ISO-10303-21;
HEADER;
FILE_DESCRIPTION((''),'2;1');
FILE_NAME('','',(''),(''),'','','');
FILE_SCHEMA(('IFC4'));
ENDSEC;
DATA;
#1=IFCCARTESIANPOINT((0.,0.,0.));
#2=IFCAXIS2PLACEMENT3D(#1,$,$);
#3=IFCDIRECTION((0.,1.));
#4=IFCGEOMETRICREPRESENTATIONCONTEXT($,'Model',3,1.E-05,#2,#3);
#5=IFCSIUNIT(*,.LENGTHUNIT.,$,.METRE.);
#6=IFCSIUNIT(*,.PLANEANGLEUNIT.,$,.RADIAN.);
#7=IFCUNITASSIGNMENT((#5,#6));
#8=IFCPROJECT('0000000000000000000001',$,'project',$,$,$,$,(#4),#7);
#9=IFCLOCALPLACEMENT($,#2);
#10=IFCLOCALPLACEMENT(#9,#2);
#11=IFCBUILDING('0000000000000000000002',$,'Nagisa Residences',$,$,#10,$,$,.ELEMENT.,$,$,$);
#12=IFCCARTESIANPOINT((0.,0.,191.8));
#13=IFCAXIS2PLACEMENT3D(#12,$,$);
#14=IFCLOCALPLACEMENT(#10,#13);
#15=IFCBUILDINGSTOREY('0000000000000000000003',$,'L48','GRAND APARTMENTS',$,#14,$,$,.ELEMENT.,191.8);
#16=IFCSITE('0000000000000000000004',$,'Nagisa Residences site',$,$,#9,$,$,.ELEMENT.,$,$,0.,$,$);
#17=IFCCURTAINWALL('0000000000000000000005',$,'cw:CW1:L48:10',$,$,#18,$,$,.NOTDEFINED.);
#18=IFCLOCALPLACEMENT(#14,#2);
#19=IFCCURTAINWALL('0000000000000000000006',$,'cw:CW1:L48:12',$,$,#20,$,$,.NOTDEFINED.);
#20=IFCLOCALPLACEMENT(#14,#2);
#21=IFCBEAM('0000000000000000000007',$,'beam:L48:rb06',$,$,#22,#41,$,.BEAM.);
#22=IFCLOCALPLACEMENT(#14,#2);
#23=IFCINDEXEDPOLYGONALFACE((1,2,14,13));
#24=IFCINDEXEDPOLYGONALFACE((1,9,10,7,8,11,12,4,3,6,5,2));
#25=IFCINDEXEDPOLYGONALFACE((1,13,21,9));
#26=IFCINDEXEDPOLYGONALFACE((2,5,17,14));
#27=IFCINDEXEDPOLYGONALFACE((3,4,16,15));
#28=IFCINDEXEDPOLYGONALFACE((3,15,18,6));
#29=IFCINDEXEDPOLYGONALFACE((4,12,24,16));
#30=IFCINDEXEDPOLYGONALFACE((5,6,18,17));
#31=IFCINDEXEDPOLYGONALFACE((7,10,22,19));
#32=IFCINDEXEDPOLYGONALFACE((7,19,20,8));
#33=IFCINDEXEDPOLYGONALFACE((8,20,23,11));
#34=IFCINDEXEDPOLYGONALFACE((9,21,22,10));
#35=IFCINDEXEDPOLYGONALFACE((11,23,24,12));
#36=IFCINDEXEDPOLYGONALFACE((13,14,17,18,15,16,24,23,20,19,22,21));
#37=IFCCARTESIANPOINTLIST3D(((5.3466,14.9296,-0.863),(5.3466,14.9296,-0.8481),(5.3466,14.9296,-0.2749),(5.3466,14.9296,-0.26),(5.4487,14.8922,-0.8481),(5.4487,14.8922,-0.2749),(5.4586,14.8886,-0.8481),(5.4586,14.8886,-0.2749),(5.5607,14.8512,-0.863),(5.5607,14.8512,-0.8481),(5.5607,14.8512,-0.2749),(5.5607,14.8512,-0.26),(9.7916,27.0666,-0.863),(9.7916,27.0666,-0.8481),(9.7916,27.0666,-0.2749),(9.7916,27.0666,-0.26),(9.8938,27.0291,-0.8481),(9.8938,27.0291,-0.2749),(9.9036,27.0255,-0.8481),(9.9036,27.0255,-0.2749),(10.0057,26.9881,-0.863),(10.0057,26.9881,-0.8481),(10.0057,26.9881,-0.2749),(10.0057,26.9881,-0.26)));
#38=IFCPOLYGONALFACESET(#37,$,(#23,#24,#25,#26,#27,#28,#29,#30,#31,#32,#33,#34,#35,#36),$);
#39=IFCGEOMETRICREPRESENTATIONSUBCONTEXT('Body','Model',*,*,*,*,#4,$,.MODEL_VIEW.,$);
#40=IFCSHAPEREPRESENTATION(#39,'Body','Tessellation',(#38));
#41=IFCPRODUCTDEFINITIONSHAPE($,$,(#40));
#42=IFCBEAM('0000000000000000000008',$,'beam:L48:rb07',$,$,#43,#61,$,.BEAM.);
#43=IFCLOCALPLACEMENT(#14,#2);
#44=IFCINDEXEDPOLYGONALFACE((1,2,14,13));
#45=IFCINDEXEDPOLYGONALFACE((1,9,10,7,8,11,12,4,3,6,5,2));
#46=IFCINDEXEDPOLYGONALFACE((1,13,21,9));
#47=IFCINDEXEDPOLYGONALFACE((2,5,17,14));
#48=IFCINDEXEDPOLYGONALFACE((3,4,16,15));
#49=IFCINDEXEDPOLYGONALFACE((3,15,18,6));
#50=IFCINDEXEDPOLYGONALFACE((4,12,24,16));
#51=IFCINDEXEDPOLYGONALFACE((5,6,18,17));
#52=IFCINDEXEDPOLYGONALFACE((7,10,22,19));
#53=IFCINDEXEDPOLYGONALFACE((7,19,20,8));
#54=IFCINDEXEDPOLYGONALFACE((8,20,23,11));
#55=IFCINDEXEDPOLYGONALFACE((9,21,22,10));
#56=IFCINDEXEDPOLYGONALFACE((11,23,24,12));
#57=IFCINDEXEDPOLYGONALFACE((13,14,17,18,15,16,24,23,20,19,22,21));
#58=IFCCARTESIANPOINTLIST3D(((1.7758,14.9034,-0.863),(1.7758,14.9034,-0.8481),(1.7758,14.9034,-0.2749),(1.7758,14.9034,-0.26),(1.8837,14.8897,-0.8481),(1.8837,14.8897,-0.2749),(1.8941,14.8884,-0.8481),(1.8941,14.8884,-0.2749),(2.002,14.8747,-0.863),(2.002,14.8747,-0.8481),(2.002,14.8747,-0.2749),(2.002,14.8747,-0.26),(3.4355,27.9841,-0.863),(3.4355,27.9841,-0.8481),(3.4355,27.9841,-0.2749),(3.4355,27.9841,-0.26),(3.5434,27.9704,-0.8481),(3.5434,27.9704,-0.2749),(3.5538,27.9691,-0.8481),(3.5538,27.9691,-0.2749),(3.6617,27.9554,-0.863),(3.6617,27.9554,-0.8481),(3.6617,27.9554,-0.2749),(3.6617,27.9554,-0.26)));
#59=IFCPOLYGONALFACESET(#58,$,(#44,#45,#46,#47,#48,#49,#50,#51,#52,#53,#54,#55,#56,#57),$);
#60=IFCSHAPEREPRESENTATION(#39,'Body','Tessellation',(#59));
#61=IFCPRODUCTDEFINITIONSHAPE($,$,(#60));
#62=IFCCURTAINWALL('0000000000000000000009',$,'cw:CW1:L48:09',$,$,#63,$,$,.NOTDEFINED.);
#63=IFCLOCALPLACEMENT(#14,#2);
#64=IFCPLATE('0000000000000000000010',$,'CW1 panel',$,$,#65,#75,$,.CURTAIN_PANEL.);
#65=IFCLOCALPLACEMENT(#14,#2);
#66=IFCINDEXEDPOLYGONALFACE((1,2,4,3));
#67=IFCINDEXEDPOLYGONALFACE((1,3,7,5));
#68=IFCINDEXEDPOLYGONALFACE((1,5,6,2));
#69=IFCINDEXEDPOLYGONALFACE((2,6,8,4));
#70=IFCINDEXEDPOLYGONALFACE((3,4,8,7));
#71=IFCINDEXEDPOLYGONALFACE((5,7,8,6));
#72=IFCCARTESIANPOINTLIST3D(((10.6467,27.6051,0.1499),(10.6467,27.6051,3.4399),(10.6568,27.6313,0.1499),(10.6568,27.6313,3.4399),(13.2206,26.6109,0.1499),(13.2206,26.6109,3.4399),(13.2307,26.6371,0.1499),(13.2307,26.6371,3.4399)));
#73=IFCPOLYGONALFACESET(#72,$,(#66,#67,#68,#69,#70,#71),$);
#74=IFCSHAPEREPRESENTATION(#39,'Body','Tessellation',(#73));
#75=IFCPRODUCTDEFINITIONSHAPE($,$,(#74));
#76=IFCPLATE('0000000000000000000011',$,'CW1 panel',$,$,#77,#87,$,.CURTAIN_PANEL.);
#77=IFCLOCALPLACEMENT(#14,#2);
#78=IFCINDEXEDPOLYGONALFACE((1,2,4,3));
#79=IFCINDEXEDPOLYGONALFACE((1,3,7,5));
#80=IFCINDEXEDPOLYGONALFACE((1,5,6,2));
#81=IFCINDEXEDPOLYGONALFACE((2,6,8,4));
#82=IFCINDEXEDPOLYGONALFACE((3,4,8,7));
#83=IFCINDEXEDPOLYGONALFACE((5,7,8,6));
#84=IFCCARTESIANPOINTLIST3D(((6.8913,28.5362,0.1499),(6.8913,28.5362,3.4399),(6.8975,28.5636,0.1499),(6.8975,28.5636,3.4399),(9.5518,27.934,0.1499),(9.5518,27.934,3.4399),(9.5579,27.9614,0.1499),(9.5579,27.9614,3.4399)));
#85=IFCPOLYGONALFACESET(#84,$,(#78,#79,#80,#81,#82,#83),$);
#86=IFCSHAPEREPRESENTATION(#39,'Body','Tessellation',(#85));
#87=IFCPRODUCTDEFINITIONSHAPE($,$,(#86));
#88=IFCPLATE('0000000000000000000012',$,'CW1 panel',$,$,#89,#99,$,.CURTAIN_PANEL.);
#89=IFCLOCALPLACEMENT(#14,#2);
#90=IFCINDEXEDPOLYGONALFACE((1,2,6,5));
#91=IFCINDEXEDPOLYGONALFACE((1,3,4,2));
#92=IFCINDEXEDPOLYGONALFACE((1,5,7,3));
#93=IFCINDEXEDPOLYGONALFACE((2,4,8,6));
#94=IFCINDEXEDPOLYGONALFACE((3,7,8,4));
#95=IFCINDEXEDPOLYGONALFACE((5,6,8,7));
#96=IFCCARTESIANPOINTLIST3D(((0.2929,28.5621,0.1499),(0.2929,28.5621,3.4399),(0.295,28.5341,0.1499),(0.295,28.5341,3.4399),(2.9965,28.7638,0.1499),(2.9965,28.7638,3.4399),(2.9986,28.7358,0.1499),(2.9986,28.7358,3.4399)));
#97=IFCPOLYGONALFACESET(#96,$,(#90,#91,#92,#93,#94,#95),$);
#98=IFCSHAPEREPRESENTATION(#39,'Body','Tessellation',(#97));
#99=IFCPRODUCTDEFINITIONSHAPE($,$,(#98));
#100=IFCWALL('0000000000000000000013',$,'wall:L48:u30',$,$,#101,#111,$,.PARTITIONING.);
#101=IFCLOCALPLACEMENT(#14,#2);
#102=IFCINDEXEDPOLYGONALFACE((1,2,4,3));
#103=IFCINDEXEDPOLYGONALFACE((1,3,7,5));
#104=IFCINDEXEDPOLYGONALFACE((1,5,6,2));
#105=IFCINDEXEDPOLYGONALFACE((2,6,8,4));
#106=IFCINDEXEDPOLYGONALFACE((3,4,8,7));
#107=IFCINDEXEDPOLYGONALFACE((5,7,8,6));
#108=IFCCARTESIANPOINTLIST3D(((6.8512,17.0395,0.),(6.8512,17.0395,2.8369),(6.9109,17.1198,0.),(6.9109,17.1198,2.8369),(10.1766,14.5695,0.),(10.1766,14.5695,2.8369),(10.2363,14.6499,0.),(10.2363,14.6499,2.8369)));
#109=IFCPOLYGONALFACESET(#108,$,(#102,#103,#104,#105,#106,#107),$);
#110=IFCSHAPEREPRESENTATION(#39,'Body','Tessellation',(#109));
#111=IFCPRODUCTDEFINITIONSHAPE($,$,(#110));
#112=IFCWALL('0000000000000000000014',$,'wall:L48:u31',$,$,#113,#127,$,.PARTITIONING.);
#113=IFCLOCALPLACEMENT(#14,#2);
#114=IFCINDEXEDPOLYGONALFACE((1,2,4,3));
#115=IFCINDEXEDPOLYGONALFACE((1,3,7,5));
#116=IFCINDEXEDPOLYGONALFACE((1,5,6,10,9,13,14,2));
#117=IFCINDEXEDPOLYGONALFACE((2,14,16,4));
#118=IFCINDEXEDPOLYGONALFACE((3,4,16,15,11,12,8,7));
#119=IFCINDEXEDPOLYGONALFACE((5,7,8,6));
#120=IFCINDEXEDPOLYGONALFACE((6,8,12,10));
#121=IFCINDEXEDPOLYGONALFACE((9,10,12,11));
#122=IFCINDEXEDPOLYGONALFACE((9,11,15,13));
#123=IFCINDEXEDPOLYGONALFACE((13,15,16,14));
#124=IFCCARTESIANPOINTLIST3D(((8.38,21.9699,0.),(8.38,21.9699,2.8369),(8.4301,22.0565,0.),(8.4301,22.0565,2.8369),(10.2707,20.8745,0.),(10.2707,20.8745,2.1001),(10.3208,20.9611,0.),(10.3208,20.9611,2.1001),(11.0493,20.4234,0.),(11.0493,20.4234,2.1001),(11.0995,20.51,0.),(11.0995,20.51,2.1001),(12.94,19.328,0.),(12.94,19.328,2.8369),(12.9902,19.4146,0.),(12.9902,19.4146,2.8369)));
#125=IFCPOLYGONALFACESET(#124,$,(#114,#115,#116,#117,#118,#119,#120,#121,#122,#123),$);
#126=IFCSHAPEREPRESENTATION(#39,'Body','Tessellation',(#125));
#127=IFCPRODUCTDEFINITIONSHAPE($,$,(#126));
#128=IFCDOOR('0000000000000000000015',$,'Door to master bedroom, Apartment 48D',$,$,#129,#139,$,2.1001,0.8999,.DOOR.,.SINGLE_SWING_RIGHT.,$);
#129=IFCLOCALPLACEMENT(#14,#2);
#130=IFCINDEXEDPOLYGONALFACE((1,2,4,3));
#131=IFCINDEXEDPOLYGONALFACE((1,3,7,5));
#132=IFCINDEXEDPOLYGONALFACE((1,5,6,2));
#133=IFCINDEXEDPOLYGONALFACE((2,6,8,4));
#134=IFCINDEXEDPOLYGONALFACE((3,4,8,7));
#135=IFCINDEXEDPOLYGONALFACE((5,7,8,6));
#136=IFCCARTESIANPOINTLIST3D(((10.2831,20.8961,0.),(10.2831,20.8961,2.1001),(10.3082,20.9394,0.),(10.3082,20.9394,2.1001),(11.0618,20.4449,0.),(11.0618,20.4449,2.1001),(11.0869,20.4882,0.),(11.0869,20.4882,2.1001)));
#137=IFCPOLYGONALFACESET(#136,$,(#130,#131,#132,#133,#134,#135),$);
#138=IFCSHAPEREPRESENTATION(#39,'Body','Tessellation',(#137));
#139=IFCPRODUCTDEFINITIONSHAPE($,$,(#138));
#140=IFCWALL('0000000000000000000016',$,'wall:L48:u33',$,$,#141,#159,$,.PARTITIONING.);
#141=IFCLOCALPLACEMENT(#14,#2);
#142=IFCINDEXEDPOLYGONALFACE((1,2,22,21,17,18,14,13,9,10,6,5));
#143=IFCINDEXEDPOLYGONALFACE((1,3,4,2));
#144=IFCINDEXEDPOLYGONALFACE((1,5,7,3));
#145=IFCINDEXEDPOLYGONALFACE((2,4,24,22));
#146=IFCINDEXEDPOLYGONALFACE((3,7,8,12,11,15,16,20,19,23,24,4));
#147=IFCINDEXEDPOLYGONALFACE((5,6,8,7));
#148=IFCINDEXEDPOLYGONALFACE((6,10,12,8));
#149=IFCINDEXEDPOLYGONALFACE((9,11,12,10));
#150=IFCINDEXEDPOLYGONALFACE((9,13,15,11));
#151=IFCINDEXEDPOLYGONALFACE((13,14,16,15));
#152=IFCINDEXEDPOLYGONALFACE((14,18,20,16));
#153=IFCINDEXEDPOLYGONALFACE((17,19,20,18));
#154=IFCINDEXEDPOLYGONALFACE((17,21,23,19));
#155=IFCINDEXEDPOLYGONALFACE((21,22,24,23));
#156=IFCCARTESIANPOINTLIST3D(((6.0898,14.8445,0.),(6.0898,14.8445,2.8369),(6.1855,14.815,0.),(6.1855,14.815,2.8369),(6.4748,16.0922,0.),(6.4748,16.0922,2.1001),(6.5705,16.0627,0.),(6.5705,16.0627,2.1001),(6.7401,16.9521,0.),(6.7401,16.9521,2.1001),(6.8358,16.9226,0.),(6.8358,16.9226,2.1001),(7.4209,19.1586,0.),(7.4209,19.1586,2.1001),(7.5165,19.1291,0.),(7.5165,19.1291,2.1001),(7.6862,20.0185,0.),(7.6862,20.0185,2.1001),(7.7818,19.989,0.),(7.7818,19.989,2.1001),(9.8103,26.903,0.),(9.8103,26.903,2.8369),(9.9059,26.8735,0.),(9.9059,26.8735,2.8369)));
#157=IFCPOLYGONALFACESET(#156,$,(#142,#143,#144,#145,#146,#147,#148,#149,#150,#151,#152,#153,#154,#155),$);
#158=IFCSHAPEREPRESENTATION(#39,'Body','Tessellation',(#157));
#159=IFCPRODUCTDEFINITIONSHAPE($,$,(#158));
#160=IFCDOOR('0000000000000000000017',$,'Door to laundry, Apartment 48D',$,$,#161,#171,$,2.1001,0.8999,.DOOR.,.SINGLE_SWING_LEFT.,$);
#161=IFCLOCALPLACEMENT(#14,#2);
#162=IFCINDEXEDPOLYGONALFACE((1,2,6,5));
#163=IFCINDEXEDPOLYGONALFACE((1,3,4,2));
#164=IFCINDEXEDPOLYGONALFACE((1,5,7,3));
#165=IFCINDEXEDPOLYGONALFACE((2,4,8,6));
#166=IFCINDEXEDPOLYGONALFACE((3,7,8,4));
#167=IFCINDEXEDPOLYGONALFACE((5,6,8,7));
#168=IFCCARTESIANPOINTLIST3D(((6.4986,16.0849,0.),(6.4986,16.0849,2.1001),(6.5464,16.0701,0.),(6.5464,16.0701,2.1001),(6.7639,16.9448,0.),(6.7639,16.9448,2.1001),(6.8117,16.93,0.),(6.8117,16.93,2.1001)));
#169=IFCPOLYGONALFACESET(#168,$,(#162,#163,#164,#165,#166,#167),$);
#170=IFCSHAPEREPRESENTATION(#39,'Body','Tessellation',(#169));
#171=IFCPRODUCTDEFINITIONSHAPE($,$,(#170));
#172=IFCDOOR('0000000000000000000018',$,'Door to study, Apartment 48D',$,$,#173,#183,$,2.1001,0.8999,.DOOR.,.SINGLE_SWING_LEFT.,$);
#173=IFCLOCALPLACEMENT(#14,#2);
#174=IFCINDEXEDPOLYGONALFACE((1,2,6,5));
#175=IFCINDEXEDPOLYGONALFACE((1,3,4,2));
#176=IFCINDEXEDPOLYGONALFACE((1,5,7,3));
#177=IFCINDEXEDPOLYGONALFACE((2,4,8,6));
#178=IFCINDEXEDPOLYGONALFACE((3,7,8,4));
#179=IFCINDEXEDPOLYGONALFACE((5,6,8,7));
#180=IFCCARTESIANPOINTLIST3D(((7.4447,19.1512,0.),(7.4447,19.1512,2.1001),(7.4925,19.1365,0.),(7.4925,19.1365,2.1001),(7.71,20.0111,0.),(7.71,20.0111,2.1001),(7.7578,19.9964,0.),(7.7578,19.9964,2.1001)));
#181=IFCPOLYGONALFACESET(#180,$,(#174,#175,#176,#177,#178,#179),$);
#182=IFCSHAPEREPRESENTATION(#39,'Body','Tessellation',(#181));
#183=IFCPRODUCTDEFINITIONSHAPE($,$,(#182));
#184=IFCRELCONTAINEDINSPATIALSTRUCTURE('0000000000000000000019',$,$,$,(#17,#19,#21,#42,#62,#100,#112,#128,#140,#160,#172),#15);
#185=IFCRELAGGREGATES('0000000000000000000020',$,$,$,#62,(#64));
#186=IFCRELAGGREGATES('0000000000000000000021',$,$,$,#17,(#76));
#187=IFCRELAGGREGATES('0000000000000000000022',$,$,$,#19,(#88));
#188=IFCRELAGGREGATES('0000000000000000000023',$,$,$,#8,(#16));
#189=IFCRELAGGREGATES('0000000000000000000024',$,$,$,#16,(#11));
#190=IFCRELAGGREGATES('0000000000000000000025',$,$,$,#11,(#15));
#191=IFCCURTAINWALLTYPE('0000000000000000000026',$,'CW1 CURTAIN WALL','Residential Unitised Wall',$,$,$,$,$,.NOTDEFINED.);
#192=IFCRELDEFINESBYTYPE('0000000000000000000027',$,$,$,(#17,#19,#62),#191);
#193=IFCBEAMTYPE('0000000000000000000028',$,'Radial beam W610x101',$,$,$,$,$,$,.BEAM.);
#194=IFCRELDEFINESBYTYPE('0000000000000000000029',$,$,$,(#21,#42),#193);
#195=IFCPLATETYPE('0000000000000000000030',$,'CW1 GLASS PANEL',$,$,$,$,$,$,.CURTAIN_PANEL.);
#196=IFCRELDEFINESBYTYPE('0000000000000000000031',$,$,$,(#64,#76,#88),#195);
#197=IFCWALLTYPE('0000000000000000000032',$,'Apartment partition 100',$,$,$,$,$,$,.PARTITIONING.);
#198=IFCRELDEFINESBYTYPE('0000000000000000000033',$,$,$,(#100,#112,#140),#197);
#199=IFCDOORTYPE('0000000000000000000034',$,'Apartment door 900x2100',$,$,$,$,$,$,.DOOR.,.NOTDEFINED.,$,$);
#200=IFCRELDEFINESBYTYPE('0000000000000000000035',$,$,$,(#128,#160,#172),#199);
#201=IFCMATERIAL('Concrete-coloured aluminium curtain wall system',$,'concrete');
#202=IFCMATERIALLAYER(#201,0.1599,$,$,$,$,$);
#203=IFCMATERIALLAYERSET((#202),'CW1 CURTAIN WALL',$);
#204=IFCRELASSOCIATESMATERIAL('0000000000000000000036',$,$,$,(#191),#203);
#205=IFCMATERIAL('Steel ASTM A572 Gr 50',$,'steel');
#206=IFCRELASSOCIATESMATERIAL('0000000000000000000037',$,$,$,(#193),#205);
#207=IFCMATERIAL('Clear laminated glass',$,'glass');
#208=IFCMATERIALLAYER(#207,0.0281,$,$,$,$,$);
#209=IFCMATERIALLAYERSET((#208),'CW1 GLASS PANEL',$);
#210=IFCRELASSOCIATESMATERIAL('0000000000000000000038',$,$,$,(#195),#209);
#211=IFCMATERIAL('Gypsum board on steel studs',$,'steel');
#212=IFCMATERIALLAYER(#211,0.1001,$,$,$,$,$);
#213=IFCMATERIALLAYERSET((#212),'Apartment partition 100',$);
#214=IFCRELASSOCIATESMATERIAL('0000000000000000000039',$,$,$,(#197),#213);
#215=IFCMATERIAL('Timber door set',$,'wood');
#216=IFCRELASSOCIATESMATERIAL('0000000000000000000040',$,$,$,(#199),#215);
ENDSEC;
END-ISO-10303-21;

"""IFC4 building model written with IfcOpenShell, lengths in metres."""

from ifc_helpers import new_model, si_unit, direction, frame, frame_2d, origin, origin_2d, place, context, subcontext, project, spatial, rectangle, i_section, extrude, material, layer, layer_set, material_profile, profile_set, type_object, element, fill, aggregate, save


model = new_model("IFC4")

# Units and contexts
model_context = context("Model", 3, precision=1e-05, world=origin(), true_north=direction((0.0, 1.0)))
body_context = subcontext(model_context, "Body", "Model", "MODEL_VIEW")
ifc_project = project(units=[si_unit("LENGTHUNIT", "METRE"), si_unit("PLANEANGLEUNIT", "RADIAN")], contexts=[model_context])

# Site, building, storey
site_placement = place(None, origin())
site = spatial("IfcSite", under=ifc_project, at=site_placement, Name="Nagisa Residences site", CompositionType="ELEMENT", RefElevation=0.0)
building_placement = place(site_placement, origin())
building = spatial("IfcBuilding", under=site, at=building_placement, Name="Nagisa Residences", CompositionType="ELEMENT")
storey_placement = place(building_placement, frame((0.0, 0.0, 191.8)))
storey = spatial("IfcBuildingStorey", under=building, at=storey_placement, Name="L48", Description="GRAND APARTMENTS", CompositionType="ELEMENT", Elevation=191.8)

# Curtain walls
ifc_material_1 = material(Name="Concrete-coloured aluminium curtain wall system", Category="concrete")
ifc_layer_1 = layer(ifc_material_1, 0.1599)
ifc_layer_set_1 = layer_set([ifc_layer_1], Name="CW1 CURTAIN WALL")
curtain_wall_type = type_object("IfcCurtainWallType", Name="CW1 CURTAIN WALL", Description="Residential Unitised Wall", PredefinedType="NOTDEFINED", material=ifc_layer_set_1)
curtain_wall_1_placement = place(storey_placement, origin())
curtain_wall_1 = element("IfcCurtainWall", 1, at=curtain_wall_1_placement, inside=storey, type_object=curtain_wall_type, Name="cw:CW1:L48:10", PredefinedType="NOTDEFINED")
curtain_wall_2_placement = place(storey_placement, origin())
curtain_wall_2 = element("IfcCurtainWall", 2, at=curtain_wall_2_placement, inside=storey, type_object=curtain_wall_type, Name="cw:CW1:L48:12", PredefinedType="NOTDEFINED")

# Beams
ifc_material_2 = material(Name="Steel ASTM A572 Gr 50", Category="steel")
ifc_material_profile_1 = material_profile(ifc_material_2, i_section(OverallWidth=0.228, OverallDepth=0.603, WebThickness=0.0105, FlangeThickness=0.0149, at=origin_2d()), Name="W610x101")
ifc_profile_set_1 = profile_set([ifc_material_profile_1], Name="Steel ASTM A572 Gr 50")
beam_type_1 = type_object("IfcBeamType", Name="Radial beam W610x101", PredefinedType="BEAM", material=ifc_profile_set_1)
beam_1_placement = place(storey_placement, frame((9.8987, 27.0273, -0.5615), z_axis=(-0.343903, -0.939005, 0.0), x_axis=(0.939005, -0.343903, 0.0)))
element("IfcBeam", 3, at=beam_1_placement, inside=storey, type_object=beam_type_1, Name="beam:L48:rb06", PredefinedType="BEAM", context=body_context, shape_type="SweptSolid", body=[
    extrude(i_section(OverallWidth=0.228, OverallDepth=0.603, WebThickness=0.0105, FlangeThickness=0.0149, at=origin_2d()), origin(), (0.0, 0.0, 1.0), 12.9253),
])
beam_2_placement = place(storey_placement, frame((3.5486, 27.9697, -0.5615), z_axis=(-0.125871, -0.992047, 0.0), x_axis=(0.992047, -0.125871, 0.0)))
element("IfcBeam", 4, at=beam_2_placement, inside=storey, type_object=beam_type_1, Name="beam:L48:rb07", PredefinedType="BEAM", context=body_context, shape_type="SweptSolid", body=[
    extrude(i_section(OverallWidth=0.228, OverallDepth=0.603, WebThickness=0.0105, FlangeThickness=0.0149, at=origin_2d()), origin(), (0.0, 0.0, 1.0), 13.1855),
])

# Curtain wall, plate
curtain_wall_3_placement = place(storey_placement, origin())
curtain_wall_3 = element("IfcCurtainWall", 5, at=curtain_wall_3_placement, inside=storey, type_object=curtain_wall_type, Name="cw:CW1:L48:09", PredefinedType="NOTDEFINED")
ifc_material_3 = material(Name="Clear laminated glass", Category="glass")
ifc_layer_2 = layer(ifc_material_3, 0.0281)
ifc_layer_set_2 = layer_set([ifc_layer_2], Name="CW1 GLASS PANEL")
plate_type = type_object("IfcPlateType", Name="CW1 GLASS PANEL", PredefinedType="CURTAIN_PANEL", material=ifc_layer_set_2)
plate_1_placement = place(storey_placement, frame((11.9387, 27.1211, 0.1499), z_axis=(0.0, 0.0, 1.0), x_axis=(-0.932826, 0.360328, 0.0)))
plate_1 = element("IfcPlate", 6, at=plate_1_placement, type_object=plate_type, Name="CW1 panel", PredefinedType="CURTAIN_PANEL", context=body_context, shape_type="SweptSolid", body=[
    extrude(rectangle(XDim=2.7593, YDim=0.0281, at=origin_2d()), origin(), (0.0, 0.0, 1.0), 3.29),
])
aggregate(curtain_wall_3, [plate_1])

# Plates
plate_2_placement = place(storey_placement, frame((8.2246, 28.2488, 0.1499), z_axis=(0.0, 0.0, 1.0), x_axis=(-0.975327, 0.220764, 0.0)))
plate_2 = element("IfcPlate", 7, at=plate_2_placement, type_object=plate_type, Name="CW1 panel", PredefinedType="CURTAIN_PANEL", context=body_context, shape_type="SweptSolid", body=[
    extrude(rectangle(XDim=2.7278, YDim=0.0281, at=origin_2d()), origin(), (0.0, 0.0, 1.0), 3.29),
])
aggregate(curtain_wall_1, [plate_2])
plate_3_placement = place(storey_placement, frame((1.6458, 28.6489, 0.1499), z_axis=(0.0, 0.0, 1.0), x_axis=(-0.99723, -0.074377, 0.0)))
plate_3 = element("IfcPlate", 8, at=plate_3_placement, type_object=plate_type, Name="CW1 panel", PredefinedType="CURTAIN_PANEL", context=body_context, shape_type="SweptSolid", body=[
    extrude(rectangle(XDim=2.7112, YDim=0.0281, at=origin_2d()), origin(), (0.0, 0.0, 1.0), 3.29),
])
aggregate(curtain_wall_2, [plate_3])

# Wall
ifc_material_4 = material(Name="Gypsum board on steel studs", Category="steel")
ifc_layer_3 = layer(ifc_material_4, 0.1001)
ifc_layer_set_3 = layer_set([ifc_layer_3], Name="Apartment partition 100")
wall_type_1 = type_object("IfcWallType", Name="Apartment partition 100", PredefinedType="PARTITIONING", material=ifc_layer_set_3)
wall_1_placement = place(storey_placement, frame((10.2065, 14.6096, 0.0), z_axis=(0.0, 0.0, 1.0), x_axis=(-0.802785, 0.596269, 0.0)))
element("IfcWall", 9, at=wall_1_placement, inside=storey, type_object=wall_type_1, Name="wall:L48:u30", PredefinedType="PARTITIONING", context=body_context, shape_type="SweptSolid", body=[
    extrude(rectangle(XDim=4.1423, YDim=0.1001, at=frame_2d((2.0713, 0.0))), origin(), (0.0, 0.0, 1.0), 2.8369),
])

# Wall, opening, door
wall_2_placement = place(storey_placement, frame((12.9651, 19.3713, 0.0), z_axis=(0.0, 0.0, 1.0), x_axis=(-0.865277, 0.501294, 0.0)))
wall_2 = element("IfcWall", 10, at=wall_2_placement, inside=storey, type_object=wall_type_1, Name="wall:L48:u31", PredefinedType="PARTITIONING", context=body_context, shape_type="SweptSolid", body=[
    extrude(rectangle(XDim=5.27, YDim=0.1001, at=frame_2d((2.635, 0.0))), origin(), (0.0, 0.0, 1.0), 2.8369),
])
opening_1_placement = place(wall_2_placement, frame((2.1851, 0.0, 0.0)))
opening_1 = element("IfcOpeningElement", 11, at=opening_1_placement, cuts=wall_2, PredefinedType="OPENING", context=body_context, shape_type="SweptSolid", body=[
    extrude(rectangle(XDim=0.8999, YDim=2.1001, at=frame_2d((0.45, 1.05))), frame((0.0, 0.0601, 0.0), z_axis=(0.0, -1.0, 0.0), x_axis=(1.0, 0.0, 0.0)), (0.0, 0.0, 1.0), 0.1201),
])
ifc_material_5 = material(Name="Timber door set", Category="wood")
door_type_1 = type_object("IfcDoorType", Name="Apartment door 900x2100", OperationType="NOTDEFINED", PredefinedType="DOOR", material=ifc_material_5)
door_1_placement = place(opening_1_placement, frame((0.8999, 0.0, 0.0), x_axis=(-1.0, 0.0, 0.0)))
door_1 = element("IfcDoor", 12, at=door_1_placement, inside=storey, type_object=door_type_1, Name="Door to master bedroom, Apartment 48D", OperationType="SINGLE_SWING_RIGHT", OverallHeight=2.1001, OverallWidth=0.8999, PredefinedType="DOOR", context=body_context, shape_type="SweptSolid", body=[
    extrude(rectangle(XDim=0.8999, YDim=2.1001, at=frame_2d((0.45, 1.05))), frame((0.0, 0.0249, 0.0), z_axis=(0.0, -1.0, 0.0), x_axis=(1.0, 0.0, 0.0)), (0.0, 0.0, 1.0), 0.05),
])
fill(opening_1, door_1)

# Wall, openings, doors
wall_3_placement = place(storey_placement, frame((6.1377, 14.8298, 0.0), z_axis=(0.0, 0.0, 1.0), x_axis=(0.294819, 0.955553, 0.0)))
wall_3 = element("IfcWall", 13, at=wall_3_placement, inside=storey, type_object=wall_type_1, Name="wall:L48:u33", PredefinedType="PARTITIONING", context=body_context, shape_type="SweptSolid", body=[
    extrude(rectangle(XDim=12.6194, YDim=0.1001, at=frame_2d((6.3096, 0.0))), origin(), (0.0, 0.0, 1.0), 2.8369),
])
opening_2_placement = place(wall_3_placement, frame((1.3057, 0.0, 0.0)))
opening_2 = element("IfcOpeningElement", 14, at=opening_2_placement, cuts=wall_3, PredefinedType="OPENING", context=body_context, shape_type="SweptSolid", body=[
    extrude(rectangle(XDim=0.8999, YDim=2.1001, at=frame_2d((0.45, 1.05))), frame((0.0, 0.0601, 0.0), z_axis=(0.0, -1.0, 0.0), x_axis=(1.0, 0.0, 0.0)), (0.0, 0.0, 1.0), 0.1201),
])
opening_3_placement = place(wall_3_placement, frame((4.5146, 0.0, 0.0)))
opening_3 = element("IfcOpeningElement", 15, at=opening_3_placement, cuts=wall_3, PredefinedType="OPENING", context=body_context, shape_type="SweptSolid", body=[
    extrude(rectangle(XDim=0.8999, YDim=2.1001, at=frame_2d((0.45, 1.05))), frame((0.0, 0.0601, 0.0), z_axis=(0.0, -1.0, 0.0), x_axis=(1.0, 0.0, 0.0)), (0.0, 0.0, 1.0), 0.1201),
])
door_2_placement = place(opening_2_placement, frame((0.8999, 0.0, 0.0), x_axis=(-1.0, 0.0, 0.0)))
door_2 = element("IfcDoor", 16, at=door_2_placement, inside=storey, type_object=door_type_1, Name="Door to laundry, Apartment 48D", OperationType="SINGLE_SWING_LEFT", OverallHeight=2.1001, OverallWidth=0.8999, PredefinedType="DOOR", context=body_context, shape_type="SweptSolid", body=[
    extrude(rectangle(XDim=0.8999, YDim=2.1001, at=frame_2d((0.45, 1.05))), frame((0.0, 0.0249, 0.0), z_axis=(0.0, -1.0, 0.0), x_axis=(1.0, 0.0, 0.0)), (0.0, 0.0, 1.0), 0.05),
])
fill(opening_2, door_2)
door_3_placement = place(opening_3_placement, frame((0.8999, 0.0, 0.0), x_axis=(-1.0, 0.0, 0.0)))
door_3 = element("IfcDoor", 17, at=door_3_placement, inside=storey, type_object=door_type_1, Name="Door to study, Apartment 48D", OperationType="SINGLE_SWING_LEFT", OverallHeight=2.1001, OverallWidth=0.8999, PredefinedType="DOOR", context=body_context, shape_type="SweptSolid", body=[
    extrude(rectangle(XDim=0.8999, YDim=2.1001, at=frame_2d((0.45, 1.05))), frame((0.0, 0.0249, 0.0), z_axis=(0.0, -1.0, 0.0), x_axis=(1.0, 0.0, 0.0)), (0.0, 0.0, 1.0), 0.05),
])
fill(opening_3, door_3)

save(model, "model.ifc")
